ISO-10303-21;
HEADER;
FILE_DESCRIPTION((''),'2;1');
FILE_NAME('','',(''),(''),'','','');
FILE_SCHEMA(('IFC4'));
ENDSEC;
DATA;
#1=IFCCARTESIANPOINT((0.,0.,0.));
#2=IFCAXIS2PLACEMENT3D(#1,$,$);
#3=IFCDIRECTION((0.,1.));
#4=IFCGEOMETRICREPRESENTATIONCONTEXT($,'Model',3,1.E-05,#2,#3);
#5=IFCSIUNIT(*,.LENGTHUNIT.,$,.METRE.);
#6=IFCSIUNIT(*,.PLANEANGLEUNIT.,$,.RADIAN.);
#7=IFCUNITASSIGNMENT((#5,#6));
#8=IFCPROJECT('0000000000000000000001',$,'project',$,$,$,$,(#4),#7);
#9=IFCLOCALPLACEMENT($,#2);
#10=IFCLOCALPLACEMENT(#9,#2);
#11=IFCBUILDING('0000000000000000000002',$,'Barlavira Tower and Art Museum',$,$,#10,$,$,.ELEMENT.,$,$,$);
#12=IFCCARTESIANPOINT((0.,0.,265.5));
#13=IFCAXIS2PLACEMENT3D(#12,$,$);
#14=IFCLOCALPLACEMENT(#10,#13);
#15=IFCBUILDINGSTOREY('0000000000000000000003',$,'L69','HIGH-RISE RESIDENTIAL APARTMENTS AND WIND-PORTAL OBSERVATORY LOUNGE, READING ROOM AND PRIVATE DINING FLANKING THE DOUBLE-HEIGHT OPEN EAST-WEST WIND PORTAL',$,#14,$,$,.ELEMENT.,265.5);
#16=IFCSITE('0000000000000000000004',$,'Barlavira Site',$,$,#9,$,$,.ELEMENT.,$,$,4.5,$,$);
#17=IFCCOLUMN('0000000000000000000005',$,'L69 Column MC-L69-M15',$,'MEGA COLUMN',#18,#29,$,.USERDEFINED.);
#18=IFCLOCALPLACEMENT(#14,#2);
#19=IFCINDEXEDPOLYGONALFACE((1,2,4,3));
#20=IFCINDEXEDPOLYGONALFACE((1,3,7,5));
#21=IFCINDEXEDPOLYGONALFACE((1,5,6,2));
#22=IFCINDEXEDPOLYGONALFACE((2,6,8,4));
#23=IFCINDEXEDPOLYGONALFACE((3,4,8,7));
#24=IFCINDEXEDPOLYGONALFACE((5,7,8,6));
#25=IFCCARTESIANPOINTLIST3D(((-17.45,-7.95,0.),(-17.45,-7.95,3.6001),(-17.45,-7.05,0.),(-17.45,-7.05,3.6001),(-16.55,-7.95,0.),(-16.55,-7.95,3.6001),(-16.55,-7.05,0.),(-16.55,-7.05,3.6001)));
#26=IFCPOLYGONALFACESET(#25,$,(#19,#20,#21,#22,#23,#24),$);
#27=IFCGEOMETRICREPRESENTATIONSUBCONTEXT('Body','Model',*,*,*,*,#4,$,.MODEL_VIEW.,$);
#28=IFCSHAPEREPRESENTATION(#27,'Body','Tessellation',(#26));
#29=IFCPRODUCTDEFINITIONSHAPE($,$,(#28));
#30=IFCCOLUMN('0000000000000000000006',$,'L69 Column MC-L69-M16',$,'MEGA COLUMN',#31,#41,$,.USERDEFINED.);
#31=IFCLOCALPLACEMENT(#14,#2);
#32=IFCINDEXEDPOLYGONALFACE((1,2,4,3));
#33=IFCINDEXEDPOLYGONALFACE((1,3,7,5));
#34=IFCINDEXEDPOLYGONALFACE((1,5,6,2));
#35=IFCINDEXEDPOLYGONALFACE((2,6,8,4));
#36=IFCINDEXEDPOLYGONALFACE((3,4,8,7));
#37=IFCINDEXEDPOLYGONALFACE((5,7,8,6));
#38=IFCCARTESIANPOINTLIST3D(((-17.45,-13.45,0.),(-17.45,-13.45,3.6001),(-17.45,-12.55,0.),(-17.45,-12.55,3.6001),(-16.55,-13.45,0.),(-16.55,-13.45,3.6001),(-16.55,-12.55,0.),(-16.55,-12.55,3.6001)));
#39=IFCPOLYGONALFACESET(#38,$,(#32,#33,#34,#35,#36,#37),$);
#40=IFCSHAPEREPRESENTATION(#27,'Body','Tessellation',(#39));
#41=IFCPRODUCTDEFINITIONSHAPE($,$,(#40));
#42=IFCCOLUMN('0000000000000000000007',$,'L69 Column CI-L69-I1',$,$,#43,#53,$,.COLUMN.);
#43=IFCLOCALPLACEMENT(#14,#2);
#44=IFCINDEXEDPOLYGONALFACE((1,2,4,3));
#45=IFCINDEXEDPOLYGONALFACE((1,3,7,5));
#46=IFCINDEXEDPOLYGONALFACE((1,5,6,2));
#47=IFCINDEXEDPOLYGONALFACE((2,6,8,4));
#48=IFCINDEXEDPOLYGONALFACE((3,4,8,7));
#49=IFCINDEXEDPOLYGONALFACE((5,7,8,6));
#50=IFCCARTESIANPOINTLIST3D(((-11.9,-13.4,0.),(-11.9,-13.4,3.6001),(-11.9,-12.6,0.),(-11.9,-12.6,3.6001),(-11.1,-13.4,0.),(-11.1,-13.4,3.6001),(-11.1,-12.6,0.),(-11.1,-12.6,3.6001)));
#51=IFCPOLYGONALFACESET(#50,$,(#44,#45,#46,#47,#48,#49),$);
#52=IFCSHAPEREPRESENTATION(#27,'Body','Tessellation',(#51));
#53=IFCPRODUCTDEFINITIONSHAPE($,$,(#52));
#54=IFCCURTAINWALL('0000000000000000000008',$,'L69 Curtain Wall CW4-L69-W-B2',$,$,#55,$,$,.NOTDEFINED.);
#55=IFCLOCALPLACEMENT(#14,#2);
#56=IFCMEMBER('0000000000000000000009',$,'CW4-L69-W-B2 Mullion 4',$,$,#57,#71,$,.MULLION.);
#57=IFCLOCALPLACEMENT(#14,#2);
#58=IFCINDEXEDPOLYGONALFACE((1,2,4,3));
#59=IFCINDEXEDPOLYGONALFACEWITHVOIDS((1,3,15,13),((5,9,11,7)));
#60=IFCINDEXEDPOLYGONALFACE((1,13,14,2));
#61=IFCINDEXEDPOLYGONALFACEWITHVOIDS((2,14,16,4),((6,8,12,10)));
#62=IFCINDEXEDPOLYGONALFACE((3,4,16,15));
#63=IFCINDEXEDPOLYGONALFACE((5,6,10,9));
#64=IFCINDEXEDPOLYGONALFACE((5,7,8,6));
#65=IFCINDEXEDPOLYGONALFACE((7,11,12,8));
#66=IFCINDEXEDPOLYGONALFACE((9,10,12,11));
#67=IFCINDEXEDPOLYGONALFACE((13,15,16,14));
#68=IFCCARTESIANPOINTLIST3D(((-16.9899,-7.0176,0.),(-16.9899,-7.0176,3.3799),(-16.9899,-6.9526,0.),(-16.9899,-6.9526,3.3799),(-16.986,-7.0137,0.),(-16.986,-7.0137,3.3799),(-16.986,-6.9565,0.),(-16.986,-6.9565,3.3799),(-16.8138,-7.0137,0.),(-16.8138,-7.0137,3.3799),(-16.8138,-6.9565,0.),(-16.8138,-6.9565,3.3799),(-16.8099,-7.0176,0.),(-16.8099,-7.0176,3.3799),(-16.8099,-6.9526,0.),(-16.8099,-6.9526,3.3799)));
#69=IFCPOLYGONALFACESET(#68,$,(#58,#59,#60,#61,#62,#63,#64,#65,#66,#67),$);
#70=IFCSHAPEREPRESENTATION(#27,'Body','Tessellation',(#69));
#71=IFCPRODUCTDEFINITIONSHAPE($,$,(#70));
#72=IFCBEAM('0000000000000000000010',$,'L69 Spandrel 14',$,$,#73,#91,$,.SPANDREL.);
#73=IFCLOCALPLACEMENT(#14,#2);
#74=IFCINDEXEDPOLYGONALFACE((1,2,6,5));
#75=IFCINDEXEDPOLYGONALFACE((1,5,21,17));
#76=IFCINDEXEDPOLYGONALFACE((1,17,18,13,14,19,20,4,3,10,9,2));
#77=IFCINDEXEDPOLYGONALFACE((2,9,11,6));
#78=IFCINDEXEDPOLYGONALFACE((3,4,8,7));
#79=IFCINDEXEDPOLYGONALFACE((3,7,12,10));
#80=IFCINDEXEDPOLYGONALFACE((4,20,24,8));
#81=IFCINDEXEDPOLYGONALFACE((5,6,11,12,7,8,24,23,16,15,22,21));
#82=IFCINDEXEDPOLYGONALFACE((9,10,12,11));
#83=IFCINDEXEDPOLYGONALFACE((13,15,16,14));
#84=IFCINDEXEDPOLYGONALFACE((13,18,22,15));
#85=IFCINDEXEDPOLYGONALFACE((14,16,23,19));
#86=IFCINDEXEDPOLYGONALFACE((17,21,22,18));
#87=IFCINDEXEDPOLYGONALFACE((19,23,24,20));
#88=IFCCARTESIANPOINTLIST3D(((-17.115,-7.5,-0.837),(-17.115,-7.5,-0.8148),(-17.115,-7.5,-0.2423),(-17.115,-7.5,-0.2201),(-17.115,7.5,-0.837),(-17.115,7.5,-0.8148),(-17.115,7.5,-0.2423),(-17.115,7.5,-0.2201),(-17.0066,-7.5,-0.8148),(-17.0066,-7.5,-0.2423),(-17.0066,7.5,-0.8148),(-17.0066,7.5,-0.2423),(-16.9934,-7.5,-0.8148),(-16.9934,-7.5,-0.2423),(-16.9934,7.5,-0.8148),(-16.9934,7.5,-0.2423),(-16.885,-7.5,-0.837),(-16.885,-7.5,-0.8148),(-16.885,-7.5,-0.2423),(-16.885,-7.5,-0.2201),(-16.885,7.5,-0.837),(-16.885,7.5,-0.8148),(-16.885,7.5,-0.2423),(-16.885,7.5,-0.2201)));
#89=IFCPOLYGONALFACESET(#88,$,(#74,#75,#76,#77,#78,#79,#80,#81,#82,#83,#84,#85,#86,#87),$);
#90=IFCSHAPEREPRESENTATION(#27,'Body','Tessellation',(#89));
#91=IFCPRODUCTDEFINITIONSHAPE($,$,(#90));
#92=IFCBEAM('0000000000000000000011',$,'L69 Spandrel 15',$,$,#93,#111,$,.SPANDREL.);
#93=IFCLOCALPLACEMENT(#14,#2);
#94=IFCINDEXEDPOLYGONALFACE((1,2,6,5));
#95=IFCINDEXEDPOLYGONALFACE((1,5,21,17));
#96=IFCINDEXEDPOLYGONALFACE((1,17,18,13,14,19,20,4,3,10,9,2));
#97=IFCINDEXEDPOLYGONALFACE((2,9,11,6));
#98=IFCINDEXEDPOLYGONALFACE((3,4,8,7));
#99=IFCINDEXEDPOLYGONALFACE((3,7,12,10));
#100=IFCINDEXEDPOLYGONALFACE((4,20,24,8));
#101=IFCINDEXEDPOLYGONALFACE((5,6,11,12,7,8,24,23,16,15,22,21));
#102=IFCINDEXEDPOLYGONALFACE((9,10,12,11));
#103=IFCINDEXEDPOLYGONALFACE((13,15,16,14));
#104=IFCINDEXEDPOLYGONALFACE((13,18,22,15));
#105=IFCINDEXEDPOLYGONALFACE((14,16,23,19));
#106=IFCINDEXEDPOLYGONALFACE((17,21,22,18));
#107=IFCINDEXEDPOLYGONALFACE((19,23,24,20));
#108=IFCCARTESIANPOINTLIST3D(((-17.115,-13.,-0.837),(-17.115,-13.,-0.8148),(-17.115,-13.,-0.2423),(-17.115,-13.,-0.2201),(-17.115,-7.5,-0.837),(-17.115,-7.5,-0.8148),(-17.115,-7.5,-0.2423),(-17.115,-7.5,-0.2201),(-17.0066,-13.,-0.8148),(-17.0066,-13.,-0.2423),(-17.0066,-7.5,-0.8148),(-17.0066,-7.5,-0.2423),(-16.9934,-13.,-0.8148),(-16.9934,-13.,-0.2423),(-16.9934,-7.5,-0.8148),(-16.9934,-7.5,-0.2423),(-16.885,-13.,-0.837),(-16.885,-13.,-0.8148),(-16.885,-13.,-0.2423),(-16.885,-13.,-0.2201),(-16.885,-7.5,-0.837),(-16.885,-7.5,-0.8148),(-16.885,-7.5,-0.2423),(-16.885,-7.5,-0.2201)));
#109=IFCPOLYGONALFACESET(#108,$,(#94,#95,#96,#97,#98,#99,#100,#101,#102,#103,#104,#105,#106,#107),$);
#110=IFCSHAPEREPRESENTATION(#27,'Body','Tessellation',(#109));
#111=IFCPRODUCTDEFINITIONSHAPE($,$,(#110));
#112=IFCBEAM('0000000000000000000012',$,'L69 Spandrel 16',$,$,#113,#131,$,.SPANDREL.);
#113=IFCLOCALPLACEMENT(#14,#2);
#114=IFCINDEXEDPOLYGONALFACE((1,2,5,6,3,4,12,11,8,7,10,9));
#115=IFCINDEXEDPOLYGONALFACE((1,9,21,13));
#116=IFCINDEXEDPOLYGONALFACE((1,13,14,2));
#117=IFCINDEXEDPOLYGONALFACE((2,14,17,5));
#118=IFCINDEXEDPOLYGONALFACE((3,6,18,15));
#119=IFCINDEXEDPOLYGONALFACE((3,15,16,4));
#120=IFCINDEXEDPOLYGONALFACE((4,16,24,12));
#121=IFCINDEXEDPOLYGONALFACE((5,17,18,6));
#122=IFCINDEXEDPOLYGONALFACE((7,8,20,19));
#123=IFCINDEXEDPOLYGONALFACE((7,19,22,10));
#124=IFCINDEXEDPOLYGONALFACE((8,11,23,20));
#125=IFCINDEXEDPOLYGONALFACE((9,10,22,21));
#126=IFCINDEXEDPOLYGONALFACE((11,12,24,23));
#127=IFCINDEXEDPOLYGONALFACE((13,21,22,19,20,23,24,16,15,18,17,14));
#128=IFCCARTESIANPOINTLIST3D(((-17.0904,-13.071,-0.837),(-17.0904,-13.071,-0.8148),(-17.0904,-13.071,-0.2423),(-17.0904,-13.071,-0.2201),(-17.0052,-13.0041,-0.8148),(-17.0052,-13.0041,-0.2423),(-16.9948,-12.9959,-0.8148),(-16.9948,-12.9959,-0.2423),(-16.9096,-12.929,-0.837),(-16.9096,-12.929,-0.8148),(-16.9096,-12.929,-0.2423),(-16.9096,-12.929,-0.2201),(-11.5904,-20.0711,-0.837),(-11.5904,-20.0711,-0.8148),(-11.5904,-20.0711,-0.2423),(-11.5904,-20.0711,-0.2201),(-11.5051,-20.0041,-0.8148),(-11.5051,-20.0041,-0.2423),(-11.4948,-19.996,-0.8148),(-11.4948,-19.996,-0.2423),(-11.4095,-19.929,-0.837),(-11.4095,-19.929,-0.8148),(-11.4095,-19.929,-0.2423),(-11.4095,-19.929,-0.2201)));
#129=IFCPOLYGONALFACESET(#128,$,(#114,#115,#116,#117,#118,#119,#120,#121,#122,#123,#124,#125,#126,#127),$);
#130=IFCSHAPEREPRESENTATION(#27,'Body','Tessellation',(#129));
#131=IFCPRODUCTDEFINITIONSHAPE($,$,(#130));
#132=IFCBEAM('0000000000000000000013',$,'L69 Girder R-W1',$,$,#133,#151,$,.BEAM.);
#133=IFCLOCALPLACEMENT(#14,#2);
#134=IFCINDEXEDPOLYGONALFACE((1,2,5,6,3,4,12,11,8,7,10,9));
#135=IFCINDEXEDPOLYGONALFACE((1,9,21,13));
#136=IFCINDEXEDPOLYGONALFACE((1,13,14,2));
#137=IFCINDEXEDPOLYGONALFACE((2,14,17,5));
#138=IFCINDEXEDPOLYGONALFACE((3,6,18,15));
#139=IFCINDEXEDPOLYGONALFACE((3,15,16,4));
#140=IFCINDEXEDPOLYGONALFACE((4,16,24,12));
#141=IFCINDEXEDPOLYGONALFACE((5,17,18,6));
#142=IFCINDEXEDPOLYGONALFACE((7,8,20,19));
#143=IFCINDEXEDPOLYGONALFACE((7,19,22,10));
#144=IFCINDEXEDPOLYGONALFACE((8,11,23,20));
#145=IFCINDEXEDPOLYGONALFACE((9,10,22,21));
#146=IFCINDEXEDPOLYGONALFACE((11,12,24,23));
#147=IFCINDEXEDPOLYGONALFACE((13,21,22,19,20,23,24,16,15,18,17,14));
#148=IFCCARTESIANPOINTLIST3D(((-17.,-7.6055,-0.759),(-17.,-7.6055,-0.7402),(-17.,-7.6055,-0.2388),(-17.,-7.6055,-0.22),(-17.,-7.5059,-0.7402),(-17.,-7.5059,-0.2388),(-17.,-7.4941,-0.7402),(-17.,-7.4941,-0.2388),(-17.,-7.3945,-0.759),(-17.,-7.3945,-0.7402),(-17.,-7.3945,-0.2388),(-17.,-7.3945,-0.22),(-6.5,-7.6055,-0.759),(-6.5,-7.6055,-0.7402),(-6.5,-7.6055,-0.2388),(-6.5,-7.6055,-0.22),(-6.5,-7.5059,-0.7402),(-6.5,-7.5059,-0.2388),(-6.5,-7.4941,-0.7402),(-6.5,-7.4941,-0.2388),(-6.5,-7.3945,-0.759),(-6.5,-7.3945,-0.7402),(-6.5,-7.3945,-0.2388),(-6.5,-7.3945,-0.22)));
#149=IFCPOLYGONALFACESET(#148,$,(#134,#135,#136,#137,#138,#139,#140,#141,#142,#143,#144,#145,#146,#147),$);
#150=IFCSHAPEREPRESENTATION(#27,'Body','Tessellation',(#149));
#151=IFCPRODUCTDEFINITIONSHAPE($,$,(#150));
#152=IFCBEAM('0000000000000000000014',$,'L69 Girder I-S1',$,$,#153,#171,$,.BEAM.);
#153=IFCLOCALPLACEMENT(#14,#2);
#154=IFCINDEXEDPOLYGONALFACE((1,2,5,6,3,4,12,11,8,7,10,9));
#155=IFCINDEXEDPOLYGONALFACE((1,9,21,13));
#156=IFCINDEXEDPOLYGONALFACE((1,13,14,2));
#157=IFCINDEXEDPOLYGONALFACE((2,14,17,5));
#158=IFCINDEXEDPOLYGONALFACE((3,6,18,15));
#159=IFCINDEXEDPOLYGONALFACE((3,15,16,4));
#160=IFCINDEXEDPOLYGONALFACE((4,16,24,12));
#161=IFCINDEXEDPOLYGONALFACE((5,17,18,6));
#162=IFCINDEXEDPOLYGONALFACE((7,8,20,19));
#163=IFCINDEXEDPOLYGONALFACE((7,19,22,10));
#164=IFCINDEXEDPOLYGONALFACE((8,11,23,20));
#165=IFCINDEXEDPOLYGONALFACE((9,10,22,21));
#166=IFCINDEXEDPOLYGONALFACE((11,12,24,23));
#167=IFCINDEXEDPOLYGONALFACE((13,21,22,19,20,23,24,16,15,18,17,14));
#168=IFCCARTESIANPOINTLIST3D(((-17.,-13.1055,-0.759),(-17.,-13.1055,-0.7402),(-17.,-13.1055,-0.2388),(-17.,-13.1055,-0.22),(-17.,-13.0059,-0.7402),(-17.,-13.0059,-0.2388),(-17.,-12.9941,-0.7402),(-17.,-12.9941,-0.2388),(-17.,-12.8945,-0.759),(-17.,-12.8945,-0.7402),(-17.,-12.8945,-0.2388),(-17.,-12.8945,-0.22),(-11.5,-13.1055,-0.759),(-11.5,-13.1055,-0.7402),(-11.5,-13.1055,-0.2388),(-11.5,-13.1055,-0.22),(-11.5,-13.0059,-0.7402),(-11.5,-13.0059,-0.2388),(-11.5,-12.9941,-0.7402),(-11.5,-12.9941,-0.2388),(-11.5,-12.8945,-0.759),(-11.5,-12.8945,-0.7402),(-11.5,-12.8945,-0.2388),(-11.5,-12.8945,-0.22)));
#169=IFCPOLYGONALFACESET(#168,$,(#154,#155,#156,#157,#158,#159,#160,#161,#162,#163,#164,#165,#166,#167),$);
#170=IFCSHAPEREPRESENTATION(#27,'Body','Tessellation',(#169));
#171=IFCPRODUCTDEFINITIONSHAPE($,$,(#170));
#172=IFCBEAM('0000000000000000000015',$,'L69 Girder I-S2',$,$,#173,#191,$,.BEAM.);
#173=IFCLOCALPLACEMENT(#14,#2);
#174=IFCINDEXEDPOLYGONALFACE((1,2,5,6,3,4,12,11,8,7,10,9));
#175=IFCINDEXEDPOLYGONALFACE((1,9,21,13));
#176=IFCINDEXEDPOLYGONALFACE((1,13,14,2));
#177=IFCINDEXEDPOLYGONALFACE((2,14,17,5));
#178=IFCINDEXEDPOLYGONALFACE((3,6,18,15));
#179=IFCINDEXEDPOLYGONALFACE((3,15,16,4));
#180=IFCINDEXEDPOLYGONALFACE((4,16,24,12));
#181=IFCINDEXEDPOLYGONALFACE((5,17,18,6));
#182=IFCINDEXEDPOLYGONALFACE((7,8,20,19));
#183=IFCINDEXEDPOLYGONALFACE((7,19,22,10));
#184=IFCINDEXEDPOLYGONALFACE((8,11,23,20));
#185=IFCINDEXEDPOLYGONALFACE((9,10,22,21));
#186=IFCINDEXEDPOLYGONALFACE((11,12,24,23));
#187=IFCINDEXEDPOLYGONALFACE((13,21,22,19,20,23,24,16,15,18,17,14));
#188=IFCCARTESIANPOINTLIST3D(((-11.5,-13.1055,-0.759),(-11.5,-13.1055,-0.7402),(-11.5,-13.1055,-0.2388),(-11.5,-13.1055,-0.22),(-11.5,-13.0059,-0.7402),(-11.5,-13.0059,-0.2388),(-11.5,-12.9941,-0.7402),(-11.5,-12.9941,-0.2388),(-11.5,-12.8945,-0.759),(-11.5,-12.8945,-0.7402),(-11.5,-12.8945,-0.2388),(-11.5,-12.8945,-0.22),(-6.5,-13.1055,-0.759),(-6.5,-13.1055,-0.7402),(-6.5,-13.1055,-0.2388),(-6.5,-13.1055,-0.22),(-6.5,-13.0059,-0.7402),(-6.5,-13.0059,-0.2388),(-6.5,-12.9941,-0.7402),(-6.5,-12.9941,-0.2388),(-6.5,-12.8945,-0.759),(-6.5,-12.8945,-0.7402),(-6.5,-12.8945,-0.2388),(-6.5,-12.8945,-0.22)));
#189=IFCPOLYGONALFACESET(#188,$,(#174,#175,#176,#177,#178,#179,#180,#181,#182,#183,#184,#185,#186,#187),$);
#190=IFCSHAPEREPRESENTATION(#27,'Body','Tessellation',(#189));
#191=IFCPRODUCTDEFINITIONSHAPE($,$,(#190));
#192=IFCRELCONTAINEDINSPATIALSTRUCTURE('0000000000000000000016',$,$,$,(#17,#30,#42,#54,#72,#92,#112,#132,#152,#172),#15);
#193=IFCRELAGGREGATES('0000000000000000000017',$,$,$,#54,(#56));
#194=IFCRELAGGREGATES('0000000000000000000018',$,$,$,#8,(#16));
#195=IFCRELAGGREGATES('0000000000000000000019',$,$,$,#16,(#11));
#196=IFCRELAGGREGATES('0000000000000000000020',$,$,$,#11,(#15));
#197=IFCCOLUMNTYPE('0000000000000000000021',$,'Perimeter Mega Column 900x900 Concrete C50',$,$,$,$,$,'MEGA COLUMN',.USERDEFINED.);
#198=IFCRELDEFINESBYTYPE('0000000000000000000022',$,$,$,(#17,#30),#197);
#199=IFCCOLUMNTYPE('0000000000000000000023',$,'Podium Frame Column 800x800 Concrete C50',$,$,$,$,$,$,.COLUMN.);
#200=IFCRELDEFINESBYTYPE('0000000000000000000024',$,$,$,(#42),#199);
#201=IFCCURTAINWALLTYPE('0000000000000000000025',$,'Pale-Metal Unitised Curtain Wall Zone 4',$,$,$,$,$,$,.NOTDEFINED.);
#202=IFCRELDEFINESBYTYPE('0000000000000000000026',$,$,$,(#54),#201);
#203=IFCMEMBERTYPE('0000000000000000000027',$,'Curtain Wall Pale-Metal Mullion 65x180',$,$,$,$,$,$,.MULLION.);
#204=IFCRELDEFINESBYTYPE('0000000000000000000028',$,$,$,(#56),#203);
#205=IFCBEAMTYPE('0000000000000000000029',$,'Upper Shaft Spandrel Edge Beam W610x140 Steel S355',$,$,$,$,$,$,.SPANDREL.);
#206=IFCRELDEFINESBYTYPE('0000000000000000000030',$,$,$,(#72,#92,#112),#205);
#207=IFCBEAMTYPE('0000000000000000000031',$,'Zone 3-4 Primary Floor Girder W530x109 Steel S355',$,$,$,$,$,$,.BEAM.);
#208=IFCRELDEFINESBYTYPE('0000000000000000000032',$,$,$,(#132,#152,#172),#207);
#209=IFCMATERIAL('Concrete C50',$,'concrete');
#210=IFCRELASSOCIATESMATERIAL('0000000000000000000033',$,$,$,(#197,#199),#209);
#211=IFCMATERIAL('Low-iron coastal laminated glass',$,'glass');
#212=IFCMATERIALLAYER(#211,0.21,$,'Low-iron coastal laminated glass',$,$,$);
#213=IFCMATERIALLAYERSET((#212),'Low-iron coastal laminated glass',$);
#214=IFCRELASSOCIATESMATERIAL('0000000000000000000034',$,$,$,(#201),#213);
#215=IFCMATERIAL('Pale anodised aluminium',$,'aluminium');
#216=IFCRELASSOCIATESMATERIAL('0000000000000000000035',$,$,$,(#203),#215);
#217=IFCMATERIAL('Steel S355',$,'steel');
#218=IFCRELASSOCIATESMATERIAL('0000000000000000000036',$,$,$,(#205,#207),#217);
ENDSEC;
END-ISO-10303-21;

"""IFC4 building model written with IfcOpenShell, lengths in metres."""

from ifc_helpers import new_model, si_unit, direction, frame, origin, origin_2d, place, context, subcontext, project, spatial, rectangle, hollow_rectangle, i_section, extrude, material, layer, layer_set, material_profile, profile_set, type_object, element, aggregate, save


model = new_model("IFC4")

# Units and contexts
model_context = context("Model", 3, precision=1e-05, world=origin(), true_north=direction((0.0, 1.0)))
body_context = subcontext(model_context, "Body", "Model", "MODEL_VIEW")
ifc_project = project(units=[si_unit("LENGTHUNIT", "METRE"), si_unit("PLANEANGLEUNIT", "RADIAN")], contexts=[model_context])

# Site, building, storey
site_placement = place(None, origin())
site = spatial("IfcSite", under=ifc_project, at=site_placement, Name="Barlavira Site", CompositionType="ELEMENT", RefElevation=4.5)
building_placement = place(site_placement, origin())
building = spatial("IfcBuilding", under=site, at=building_placement, Name="Barlavira Tower and Art Museum", CompositionType="ELEMENT")
storey_placement = place(building_placement, frame((0.0, 0.0, 265.5)))
storey = spatial("IfcBuildingStorey", under=building, at=storey_placement, Name="L69", Description="HIGH-RISE RESIDENTIAL APARTMENTS AND WIND-PORTAL OBSERVATORY LOUNGE, READING ROOM AND PRIVATE DINING FLANKING THE DOUBLE-HEIGHT OPEN EAST-WEST WIND PORTAL", CompositionType="ELEMENT", Elevation=265.5)

# Columns
ifc_material_1 = material(Name="Concrete C50", Category="concrete")
ifc_material_profile_1 = material_profile(ifc_material_1, rectangle(XDim=0.8999, YDim=0.8999, at=origin_2d()), Name="RC-COL 900x900")
ifc_profile_set_1 = profile_set([ifc_material_profile_1], Name="Concrete C50")
column_type_1 = type_object("IfcColumnType", Name="Perimeter Mega Column 900x900 Concrete C50", ElementType="MEGA COLUMN", PredefinedType="USERDEFINED", material=ifc_profile_set_1)
for number, where, z_axis, x_axis, name in (
    (1, (-17.0, -7.5, 0.0), (0.0, 0.0, 1.0), (1.0, 0.0, 0.0), "L69 Column MC-L69-M15"),
    (2, (-17.0, -13.0, 0.0), (0.0, 0.0, 1.0), (1.0, 0.0, 0.0), "L69 Column MC-L69-M16"),
):
    element("IfcColumn", number, at=place(storey_placement, frame(where, z_axis=z_axis, x_axis=x_axis)), inside=storey, type_object=column_type_1, Name=name, ObjectType="MEGA COLUMN", PredefinedType="USERDEFINED", context=body_context, shape_type="SweptSolid", body=[
        extrude(rectangle(XDim=0.8999, YDim=0.8999, at=origin_2d()), origin(), (0.0, 0.0, 1.0), 3.6001),
    ])
ifc_material_profile_2 = material_profile(ifc_material_1, rectangle(XDim=0.8, YDim=0.8, at=origin_2d()), Name="RC-COL 800x800")
ifc_profile_set_2 = profile_set([ifc_material_profile_2], Name="Concrete C50")
column_type_2 = type_object("IfcColumnType", Name="Podium Frame Column 800x800 Concrete C50", PredefinedType="COLUMN", material=ifc_profile_set_2)
column_placement = place(storey_placement, frame((-11.5, -13.0, 0.0), z_axis=(0.0, 0.0, 1.0), x_axis=(1.0, 0.0, 0.0)))
element("IfcColumn", 3, at=column_placement, inside=storey, type_object=column_type_2, Name="L69 Column CI-L69-I1", PredefinedType="COLUMN", context=body_context, shape_type="SweptSolid", body=[
    extrude(rectangle(XDim=0.8, YDim=0.8, at=origin_2d()), origin(), (0.0, 0.0, 1.0), 3.6001),
])

# Curtain wall, member
ifc_material_2 = material(Name="Low-iron coastal laminated glass", Category="glass")
ifc_layer_1 = layer(ifc_material_2, 0.21, Name="Low-iron coastal laminated glass")
ifc_layer_set_1 = layer_set([ifc_layer_1], Name="Low-iron coastal laminated glass")
curtain_wall_type = type_object("IfcCurtainWallType", Name="Pale-Metal Unitised Curtain Wall Zone 4", PredefinedType="NOTDEFINED", material=ifc_layer_set_1)
curtain_wall_placement = place(storey_placement, origin())
curtain_wall = element("IfcCurtainWall", 4, at=curtain_wall_placement, inside=storey, type_object=curtain_wall_type, Name="L69 Curtain Wall CW4-L69-W-B2", PredefinedType="NOTDEFINED")
ifc_material_3 = material(Name="Pale anodised aluminium", Category="aluminium")
ifc_material_profile_3 = material_profile(ifc_material_3, hollow_rectangle(XDim=0.0649, YDim=0.1799, WallThickness=0.0039, at=origin_2d()), Name="ALU-MULL 65x180x4")
ifc_profile_set_3 = profile_set([ifc_material_profile_3], Name="Pale anodised aluminium")
member_type = type_object("IfcMemberType", Name="Curtain Wall Pale-Metal Mullion 65x180", PredefinedType="MULLION", material=ifc_profile_set_3)
member_placement = place(storey_placement, frame((-16.8999, -6.9851, 0.0), z_axis=(0.0, 0.0, 1.0), x_axis=(0.0, -1.0, 0.0)))
member = element("IfcMember", 5, at=member_placement, type_object=member_type, Name="CW4-L69-W-B2 Mullion 4", PredefinedType="MULLION", context=body_context, shape_type="SweptSolid", body=[
    extrude(hollow_rectangle(XDim=0.0649, YDim=0.1799, WallThickness=0.0039, at=origin_2d()), origin(), (0.0, 0.0, 1.0), 3.3799),
])

# Beams
ifc_material_4 = material(Name="Steel S355", Category="steel")
ifc_material_profile_4 = material_profile(ifc_material_4, i_section(OverallWidth=0.23, OverallDepth=0.6169, WebThickness=0.0132, FlangeThickness=0.0222, at=origin_2d()), Name="W610x140.0")
ifc_profile_set_4 = profile_set([ifc_material_profile_4], Name="Steel S355")
beam_type_1 = type_object("IfcBeamType", Name="Upper Shaft Spandrel Edge Beam W610x140 Steel S355", PredefinedType="SPANDREL", material=ifc_profile_set_4)
beam_1_placement = place(storey_placement, frame((-17.0, -7.5, -0.5286), z_axis=(0.0, 1.0, 0.0), x_axis=(-1.0, 0.0, 0.0)))
element("IfcBeam", 6, at=beam_1_placement, inside=storey, type_object=beam_type_1, Name="L69 Spandrel 14", PredefinedType="SPANDREL", context=body_context, shape_type="SweptSolid", body=[
    extrude(i_section(OverallWidth=0.23, OverallDepth=0.6169, WebThickness=0.0132, FlangeThickness=0.0222, at=origin_2d()), origin(), (0.0, 0.0, 1.0), 15.0),
])
beam_2_placement = place(storey_placement, frame((-17.0, -13.0, -0.5286), z_axis=(0.0, 1.0, 0.0), x_axis=(-1.0, 0.0, 0.0)))
element("IfcBeam", 7, at=beam_2_placement, inside=storey, type_object=beam_type_1, Name="L69 Spandrel 15", PredefinedType="SPANDREL", context=body_context, shape_type="SweptSolid", body=[
    extrude(i_section(OverallWidth=0.23, OverallDepth=0.6169, WebThickness=0.0132, FlangeThickness=0.0222, at=origin_2d()), origin(), (0.0, 0.0, 1.0), 5.5),
])
beam_3_placement = place(storey_placement, frame((-17.0, -13.0, -0.5286), z_axis=(0.617822, -0.786318, 0.0), x_axis=(0.786318, 0.617822, 0.0)))
element("IfcBeam", 8, at=beam_3_placement, inside=storey, type_object=beam_type_1, Name="L69 Spandrel 16", PredefinedType="SPANDREL", context=body_context, shape_type="SweptSolid", body=[
    extrude(i_section(OverallWidth=0.23, OverallDepth=0.6169, WebThickness=0.0132, FlangeThickness=0.0222, at=origin_2d()), origin(), (0.0, 0.0, 1.0), 8.9023),
])
ifc_material_profile_5 = material_profile(ifc_material_4, i_section(OverallWidth=0.2109, OverallDepth=0.5391, WebThickness=0.0117, FlangeThickness=0.0188, at=origin_2d()), Name="W530x109.0")
ifc_profile_set_5 = profile_set([ifc_material_profile_5], Name="Steel S355")
beam_type_2 = type_object("IfcBeamType", Name="Zone 3-4 Primary Floor Girder W530x109 Steel S355", PredefinedType="BEAM", material=ifc_profile_set_5)
beam_4_placement = place(storey_placement, frame((-17.0, -7.5, -0.4895), z_axis=(1.0, 0.0, 0.0), x_axis=(0.0, 1.0, 0.0)))
element("IfcBeam", 9, at=beam_4_placement, inside=storey, type_object=beam_type_2, Name="L69 Girder R-W1", PredefinedType="BEAM", context=body_context, shape_type="SweptSolid", body=[
    extrude(i_section(OverallWidth=0.2109, OverallDepth=0.5391, WebThickness=0.0117, FlangeThickness=0.0188, at=origin_2d()), origin(), (0.0, 0.0, 1.0), 10.5),
])
beam_5_placement = place(storey_placement, frame((-17.0, -13.0, -0.4895), z_axis=(1.0, 0.0, 0.0), x_axis=(0.0, 1.0, 0.0)))
element("IfcBeam", 10, at=beam_5_placement, inside=storey, type_object=beam_type_2, Name="L69 Girder I-S1", PredefinedType="BEAM", context=body_context, shape_type="SweptSolid", body=[
    extrude(i_section(OverallWidth=0.2109, OverallDepth=0.5391, WebThickness=0.0117, FlangeThickness=0.0188, at=origin_2d()), origin(), (0.0, 0.0, 1.0), 5.5),
])
beam_6_placement = place(storey_placement, frame((-11.5, -13.0, -0.4895), z_axis=(1.0, 0.0, 0.0), x_axis=(0.0, 1.0, 0.0)))
element("IfcBeam", 11, at=beam_6_placement, inside=storey, type_object=beam_type_2, Name="L69 Girder I-S2", PredefinedType="BEAM", context=body_context, shape_type="SweptSolid", body=[
    extrude(i_section(OverallWidth=0.2109, OverallDepth=0.5391, WebThickness=0.0117, FlangeThickness=0.0188, at=origin_2d()), origin(), (0.0, 0.0, 1.0), 5.0),
])

aggregate(curtain_wall, [member])

save(model, "model.ifc")
